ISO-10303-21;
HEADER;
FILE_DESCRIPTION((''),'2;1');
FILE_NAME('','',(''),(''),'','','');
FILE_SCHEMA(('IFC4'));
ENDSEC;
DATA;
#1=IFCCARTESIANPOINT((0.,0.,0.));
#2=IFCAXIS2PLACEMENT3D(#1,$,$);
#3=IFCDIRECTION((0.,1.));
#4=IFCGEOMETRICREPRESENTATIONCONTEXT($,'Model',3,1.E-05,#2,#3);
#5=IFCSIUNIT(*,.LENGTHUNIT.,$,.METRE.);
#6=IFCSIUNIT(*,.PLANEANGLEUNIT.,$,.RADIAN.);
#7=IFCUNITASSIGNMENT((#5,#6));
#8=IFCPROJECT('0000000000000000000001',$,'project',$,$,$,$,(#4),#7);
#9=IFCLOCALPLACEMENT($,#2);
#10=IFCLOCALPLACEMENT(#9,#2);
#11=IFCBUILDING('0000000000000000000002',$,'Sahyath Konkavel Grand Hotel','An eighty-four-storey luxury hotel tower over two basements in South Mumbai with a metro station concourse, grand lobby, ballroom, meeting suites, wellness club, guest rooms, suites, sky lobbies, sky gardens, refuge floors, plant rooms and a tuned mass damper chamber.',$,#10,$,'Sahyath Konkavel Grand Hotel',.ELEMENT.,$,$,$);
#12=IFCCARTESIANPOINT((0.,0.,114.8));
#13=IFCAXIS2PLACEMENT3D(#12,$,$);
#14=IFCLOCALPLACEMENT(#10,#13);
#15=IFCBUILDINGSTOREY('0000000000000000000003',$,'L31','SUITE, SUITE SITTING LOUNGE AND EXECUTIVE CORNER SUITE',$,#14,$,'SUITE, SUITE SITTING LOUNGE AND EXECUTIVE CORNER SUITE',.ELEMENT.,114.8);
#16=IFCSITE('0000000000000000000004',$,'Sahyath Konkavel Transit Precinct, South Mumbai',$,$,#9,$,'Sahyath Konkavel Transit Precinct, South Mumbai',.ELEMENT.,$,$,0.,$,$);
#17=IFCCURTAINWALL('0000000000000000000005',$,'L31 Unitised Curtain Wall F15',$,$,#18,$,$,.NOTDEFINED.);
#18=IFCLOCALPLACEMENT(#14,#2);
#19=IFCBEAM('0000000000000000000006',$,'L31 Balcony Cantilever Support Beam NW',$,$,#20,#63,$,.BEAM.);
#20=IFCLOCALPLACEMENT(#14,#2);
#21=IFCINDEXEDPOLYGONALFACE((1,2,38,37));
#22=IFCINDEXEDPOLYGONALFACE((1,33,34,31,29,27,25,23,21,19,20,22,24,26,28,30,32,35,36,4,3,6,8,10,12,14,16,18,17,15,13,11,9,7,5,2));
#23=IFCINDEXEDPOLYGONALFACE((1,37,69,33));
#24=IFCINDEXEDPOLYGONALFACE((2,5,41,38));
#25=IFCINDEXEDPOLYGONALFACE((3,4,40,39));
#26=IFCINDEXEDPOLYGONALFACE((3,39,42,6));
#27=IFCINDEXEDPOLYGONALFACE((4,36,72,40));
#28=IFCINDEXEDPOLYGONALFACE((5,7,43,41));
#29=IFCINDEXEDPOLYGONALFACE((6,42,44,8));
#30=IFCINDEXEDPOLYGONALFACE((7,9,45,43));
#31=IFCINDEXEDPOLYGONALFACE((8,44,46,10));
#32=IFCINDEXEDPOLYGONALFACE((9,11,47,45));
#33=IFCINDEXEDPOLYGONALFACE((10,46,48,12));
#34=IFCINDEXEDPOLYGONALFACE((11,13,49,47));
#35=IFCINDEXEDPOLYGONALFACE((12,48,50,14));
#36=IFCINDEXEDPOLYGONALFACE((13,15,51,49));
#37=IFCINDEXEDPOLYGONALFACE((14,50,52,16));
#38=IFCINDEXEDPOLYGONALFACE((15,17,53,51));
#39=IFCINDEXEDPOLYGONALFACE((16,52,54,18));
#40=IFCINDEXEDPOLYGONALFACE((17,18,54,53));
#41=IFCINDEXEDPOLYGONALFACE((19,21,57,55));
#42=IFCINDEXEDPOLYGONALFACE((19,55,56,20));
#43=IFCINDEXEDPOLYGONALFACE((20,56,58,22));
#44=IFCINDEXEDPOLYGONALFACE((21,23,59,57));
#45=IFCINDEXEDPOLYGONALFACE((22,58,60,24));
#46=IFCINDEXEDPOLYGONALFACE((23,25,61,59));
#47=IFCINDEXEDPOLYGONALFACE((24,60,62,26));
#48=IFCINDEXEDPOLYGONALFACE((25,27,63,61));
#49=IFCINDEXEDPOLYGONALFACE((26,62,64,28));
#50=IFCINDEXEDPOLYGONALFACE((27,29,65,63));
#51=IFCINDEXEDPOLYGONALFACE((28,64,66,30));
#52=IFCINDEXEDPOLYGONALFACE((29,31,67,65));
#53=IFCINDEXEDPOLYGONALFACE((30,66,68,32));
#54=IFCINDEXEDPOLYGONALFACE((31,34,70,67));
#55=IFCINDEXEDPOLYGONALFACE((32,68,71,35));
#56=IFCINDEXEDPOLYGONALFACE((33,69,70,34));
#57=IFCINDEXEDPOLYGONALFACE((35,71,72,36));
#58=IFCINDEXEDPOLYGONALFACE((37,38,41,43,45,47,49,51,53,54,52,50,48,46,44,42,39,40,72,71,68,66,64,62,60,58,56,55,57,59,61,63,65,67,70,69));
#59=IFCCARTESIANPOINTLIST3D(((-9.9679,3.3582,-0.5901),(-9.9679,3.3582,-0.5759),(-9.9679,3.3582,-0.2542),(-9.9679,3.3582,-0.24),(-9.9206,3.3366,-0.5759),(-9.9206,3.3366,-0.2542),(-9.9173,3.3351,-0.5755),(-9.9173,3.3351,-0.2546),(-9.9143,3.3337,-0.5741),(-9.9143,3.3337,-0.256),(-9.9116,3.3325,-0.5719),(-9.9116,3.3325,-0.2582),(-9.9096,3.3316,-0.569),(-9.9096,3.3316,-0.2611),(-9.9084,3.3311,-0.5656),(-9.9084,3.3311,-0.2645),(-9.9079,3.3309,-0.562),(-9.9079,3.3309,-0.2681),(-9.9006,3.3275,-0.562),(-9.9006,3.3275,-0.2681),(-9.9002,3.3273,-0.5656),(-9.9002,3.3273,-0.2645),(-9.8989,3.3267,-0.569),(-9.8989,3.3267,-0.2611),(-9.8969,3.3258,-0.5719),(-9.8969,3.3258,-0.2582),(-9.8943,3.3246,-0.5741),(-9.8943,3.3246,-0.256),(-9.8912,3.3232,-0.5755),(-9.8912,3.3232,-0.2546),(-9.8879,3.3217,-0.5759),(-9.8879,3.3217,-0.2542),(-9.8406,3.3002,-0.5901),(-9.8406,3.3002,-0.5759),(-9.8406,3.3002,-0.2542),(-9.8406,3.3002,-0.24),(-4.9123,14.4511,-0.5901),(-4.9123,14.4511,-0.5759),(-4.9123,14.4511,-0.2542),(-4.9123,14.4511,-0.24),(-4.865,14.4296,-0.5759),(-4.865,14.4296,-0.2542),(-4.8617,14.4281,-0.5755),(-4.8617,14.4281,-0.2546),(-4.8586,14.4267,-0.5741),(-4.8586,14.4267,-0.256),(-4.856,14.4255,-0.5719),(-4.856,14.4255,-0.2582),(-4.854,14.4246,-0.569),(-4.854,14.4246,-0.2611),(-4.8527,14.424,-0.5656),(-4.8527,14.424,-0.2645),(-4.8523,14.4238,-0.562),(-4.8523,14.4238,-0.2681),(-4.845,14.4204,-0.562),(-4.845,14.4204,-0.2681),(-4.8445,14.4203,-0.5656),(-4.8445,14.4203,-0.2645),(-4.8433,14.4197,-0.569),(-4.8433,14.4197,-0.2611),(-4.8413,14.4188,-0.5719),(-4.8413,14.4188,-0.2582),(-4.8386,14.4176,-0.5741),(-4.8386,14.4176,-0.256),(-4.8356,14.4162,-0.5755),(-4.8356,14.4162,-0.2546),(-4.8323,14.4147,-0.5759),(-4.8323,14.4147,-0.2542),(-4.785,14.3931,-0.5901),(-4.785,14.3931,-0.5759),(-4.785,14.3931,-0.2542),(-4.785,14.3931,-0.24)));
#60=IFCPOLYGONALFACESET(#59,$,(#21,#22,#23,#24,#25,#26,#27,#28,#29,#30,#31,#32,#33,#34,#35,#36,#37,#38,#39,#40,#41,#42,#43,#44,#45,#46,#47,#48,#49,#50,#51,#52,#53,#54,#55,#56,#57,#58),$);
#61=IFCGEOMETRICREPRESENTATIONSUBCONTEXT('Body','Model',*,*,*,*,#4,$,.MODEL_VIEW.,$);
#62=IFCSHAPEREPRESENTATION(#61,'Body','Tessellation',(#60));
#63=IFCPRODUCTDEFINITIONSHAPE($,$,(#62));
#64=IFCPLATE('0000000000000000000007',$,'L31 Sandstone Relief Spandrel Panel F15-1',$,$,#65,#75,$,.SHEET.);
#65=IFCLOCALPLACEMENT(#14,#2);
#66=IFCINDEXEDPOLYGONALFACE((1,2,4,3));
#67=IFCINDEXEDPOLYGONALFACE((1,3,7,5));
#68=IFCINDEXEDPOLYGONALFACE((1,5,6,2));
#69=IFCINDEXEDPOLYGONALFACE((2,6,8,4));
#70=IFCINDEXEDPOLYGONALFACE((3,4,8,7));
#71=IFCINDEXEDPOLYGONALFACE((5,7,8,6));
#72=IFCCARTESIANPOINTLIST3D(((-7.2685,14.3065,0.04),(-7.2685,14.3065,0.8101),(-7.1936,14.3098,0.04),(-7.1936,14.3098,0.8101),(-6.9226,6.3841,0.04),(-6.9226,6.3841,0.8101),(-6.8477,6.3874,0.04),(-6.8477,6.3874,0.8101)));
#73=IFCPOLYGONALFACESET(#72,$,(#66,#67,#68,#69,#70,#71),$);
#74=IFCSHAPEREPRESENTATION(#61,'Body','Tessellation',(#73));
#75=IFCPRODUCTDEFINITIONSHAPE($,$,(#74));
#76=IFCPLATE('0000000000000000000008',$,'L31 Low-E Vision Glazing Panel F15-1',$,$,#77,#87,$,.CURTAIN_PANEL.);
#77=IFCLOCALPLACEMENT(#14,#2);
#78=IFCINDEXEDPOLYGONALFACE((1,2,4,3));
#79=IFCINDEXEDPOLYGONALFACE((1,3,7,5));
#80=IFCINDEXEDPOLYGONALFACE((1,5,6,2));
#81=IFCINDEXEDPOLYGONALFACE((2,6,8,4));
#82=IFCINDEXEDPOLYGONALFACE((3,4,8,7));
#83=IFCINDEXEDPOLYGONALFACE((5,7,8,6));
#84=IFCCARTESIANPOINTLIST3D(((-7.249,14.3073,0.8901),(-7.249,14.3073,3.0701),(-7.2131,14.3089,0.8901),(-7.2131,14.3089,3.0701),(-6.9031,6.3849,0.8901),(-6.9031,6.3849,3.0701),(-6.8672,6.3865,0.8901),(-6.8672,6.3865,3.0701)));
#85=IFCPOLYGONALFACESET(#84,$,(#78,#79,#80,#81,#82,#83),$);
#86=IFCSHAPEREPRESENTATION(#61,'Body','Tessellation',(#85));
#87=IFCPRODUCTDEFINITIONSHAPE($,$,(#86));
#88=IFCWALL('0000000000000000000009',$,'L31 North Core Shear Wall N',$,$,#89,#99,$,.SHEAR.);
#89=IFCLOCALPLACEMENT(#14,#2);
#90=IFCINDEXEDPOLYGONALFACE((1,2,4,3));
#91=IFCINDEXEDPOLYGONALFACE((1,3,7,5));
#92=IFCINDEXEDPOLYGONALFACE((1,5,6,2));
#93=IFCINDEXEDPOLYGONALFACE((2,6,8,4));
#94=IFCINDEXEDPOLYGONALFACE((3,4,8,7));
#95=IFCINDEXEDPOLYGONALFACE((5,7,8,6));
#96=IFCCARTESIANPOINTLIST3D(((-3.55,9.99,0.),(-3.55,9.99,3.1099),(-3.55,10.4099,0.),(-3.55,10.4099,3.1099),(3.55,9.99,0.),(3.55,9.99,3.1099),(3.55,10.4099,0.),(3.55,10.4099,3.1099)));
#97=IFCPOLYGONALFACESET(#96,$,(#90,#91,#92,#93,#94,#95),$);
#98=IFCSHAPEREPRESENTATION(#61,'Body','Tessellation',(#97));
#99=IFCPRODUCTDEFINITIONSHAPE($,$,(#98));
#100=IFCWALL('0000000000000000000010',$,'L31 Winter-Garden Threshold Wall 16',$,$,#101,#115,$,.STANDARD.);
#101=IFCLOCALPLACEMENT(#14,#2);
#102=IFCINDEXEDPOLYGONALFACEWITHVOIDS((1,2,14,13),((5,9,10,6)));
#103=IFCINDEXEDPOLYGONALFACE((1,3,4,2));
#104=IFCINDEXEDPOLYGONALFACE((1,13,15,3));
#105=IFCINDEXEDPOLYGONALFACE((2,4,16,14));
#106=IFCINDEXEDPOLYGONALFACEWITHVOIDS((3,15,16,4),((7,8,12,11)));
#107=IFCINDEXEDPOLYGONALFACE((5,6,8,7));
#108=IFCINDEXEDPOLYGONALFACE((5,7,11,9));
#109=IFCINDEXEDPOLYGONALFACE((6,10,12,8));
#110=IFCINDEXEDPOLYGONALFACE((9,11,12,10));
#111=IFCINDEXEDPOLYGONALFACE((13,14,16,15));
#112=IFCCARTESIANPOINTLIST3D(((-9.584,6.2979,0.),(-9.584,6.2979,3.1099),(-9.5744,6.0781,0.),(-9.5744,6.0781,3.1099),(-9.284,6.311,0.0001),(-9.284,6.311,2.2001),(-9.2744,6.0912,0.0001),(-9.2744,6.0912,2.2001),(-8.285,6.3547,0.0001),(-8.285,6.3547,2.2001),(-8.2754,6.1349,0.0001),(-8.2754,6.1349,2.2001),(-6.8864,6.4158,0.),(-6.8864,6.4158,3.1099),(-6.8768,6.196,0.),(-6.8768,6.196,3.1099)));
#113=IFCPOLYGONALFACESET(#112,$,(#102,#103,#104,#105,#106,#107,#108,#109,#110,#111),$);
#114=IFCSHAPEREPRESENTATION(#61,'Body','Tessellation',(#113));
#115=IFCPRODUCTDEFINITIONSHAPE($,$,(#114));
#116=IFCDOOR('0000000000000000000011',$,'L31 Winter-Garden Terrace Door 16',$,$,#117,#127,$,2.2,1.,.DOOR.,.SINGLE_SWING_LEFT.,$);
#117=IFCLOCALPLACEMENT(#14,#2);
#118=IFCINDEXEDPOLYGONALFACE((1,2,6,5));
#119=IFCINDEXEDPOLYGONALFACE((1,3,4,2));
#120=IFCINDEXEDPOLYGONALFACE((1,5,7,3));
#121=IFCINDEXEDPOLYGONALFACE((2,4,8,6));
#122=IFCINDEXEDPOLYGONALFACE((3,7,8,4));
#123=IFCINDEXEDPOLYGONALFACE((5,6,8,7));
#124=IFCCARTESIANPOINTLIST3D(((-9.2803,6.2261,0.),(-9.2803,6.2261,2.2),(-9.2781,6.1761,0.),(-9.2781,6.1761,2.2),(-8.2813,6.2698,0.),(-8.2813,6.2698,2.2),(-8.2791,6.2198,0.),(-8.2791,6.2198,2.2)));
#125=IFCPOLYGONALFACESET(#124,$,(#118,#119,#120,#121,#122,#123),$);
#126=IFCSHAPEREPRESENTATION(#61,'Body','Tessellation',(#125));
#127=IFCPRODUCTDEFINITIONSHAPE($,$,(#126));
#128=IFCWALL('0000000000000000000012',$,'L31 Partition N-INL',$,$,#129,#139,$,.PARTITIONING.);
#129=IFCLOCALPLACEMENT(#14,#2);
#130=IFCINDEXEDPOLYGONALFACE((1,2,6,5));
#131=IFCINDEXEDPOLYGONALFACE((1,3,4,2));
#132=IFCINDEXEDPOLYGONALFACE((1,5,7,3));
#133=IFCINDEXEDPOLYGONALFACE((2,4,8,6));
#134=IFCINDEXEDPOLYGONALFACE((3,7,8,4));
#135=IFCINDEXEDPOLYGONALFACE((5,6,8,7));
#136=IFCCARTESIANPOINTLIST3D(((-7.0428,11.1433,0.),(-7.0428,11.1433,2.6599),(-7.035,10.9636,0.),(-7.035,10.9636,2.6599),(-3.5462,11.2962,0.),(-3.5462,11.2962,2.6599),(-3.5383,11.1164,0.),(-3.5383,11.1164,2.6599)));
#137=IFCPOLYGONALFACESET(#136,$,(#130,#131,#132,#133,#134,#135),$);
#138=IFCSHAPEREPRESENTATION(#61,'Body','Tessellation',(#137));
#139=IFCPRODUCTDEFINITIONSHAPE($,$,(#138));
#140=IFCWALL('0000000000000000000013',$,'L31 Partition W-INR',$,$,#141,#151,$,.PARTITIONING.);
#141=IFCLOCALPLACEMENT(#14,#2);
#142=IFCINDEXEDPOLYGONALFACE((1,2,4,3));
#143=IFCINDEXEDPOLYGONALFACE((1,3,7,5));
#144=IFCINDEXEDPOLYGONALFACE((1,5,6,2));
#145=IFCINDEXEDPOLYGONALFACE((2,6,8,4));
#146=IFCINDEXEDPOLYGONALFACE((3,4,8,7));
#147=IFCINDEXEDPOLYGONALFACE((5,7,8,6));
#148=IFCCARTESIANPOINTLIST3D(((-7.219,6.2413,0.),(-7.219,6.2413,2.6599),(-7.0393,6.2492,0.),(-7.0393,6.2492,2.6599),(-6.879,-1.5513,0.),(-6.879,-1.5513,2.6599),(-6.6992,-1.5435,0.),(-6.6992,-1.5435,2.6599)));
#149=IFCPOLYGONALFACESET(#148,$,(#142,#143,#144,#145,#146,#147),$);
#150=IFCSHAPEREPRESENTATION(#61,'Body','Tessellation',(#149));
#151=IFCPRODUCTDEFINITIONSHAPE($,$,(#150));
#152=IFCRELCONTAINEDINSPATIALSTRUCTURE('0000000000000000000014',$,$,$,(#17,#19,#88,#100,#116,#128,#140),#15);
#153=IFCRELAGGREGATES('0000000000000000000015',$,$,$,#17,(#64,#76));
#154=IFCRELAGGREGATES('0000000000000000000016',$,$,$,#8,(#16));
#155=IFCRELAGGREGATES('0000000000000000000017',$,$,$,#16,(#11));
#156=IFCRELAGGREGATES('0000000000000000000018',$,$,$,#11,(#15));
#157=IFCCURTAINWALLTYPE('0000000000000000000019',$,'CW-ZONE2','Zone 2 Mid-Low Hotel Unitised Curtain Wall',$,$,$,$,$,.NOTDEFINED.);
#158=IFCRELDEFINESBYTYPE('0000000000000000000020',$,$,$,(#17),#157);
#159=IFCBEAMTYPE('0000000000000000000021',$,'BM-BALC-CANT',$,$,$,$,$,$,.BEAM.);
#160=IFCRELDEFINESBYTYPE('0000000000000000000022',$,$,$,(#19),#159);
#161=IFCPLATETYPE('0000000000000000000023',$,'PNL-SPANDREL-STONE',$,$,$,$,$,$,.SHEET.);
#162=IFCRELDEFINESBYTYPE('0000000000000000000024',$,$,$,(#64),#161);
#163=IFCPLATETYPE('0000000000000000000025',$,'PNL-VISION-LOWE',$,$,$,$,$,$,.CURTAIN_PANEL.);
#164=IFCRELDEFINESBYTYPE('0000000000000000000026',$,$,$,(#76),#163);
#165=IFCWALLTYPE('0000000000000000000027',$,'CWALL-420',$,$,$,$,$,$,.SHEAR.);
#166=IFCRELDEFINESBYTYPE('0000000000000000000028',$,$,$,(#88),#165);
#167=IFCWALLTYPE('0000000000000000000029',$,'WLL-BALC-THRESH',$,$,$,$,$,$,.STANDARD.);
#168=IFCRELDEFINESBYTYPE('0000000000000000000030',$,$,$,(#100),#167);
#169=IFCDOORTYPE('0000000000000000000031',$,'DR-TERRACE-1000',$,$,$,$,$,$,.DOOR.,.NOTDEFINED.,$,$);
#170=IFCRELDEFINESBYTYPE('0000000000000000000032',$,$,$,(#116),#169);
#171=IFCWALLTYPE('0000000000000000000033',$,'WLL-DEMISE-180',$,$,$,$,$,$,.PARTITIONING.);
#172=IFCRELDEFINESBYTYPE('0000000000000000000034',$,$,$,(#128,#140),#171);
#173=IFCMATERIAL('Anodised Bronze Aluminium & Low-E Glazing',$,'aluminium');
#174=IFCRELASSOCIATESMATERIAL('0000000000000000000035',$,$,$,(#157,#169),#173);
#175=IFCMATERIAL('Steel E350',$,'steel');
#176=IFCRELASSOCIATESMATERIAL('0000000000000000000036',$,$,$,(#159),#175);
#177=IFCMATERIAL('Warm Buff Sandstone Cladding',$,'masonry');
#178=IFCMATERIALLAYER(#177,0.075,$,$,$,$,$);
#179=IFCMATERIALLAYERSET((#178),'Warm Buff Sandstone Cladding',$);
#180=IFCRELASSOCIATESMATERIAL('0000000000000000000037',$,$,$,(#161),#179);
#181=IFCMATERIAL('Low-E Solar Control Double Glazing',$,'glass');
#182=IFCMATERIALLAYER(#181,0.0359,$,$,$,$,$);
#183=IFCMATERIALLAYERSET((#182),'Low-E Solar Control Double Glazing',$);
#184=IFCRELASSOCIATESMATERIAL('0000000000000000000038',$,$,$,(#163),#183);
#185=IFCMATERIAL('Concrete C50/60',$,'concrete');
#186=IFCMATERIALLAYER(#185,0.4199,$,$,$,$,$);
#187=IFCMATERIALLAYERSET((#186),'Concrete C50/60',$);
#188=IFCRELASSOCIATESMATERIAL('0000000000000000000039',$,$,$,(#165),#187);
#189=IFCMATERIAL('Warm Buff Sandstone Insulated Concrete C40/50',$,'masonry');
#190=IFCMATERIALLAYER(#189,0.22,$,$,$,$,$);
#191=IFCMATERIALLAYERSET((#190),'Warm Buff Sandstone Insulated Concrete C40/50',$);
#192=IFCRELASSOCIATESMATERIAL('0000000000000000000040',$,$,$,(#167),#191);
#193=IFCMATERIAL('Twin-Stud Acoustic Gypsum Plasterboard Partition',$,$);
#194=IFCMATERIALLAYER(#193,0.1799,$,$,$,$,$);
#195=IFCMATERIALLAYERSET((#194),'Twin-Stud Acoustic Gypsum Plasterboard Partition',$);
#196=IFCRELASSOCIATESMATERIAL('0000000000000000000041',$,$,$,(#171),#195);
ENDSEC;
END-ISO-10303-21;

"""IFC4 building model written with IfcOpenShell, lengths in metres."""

from ifc_helpers import new_model, si_unit, direction, frame, frame_2d, origin, origin_2d, place, context, subcontext, project, spatial, rectangle, i_section, extrude, source, transform, mapped, material, layer, layer_set, material_profile, profile_set, type_object, element, fill, aggregate, save


model = new_model("IFC4")

# Units and contexts
model_context = context("Model", 3, precision=1e-05, world=origin(), true_north=direction((0.0, 1.0)))
body_context = subcontext(model_context, "Body", "Model", "MODEL_VIEW")
ifc_project = project(units=[si_unit("LENGTHUNIT", "METRE"), si_unit("PLANEANGLEUNIT", "RADIAN")], contexts=[model_context])

# Site, building, storey
site_placement = place(None, origin())
site = spatial("IfcSite", under=ifc_project, at=site_placement, Name="Sahyath Konkavel Transit Precinct, South Mumbai", LongName="Sahyath Konkavel Transit Precinct, South Mumbai", CompositionType="ELEMENT", RefElevation=0.0)
building_placement = place(site_placement, origin())
building = spatial("IfcBuilding", under=site, at=building_placement, Name="Sahyath Konkavel Grand Hotel", Description="An eighty-four-storey luxury hotel tower over two basements in South Mumbai with a metro station concourse, grand lobby, ballroom, meeting suites, wellness club, guest rooms, suites, sky lobbies, sky gardens, refuge floors, plant rooms and a tuned mass damper chamber.", LongName="Sahyath Konkavel Grand Hotel", CompositionType="ELEMENT")
storey_placement = place(building_placement, frame((0.0, 0.0, 114.8)))
storey = spatial("IfcBuildingStorey", under=building, at=storey_placement, Name="L31", Description="SUITE, SUITE SITTING LOUNGE AND EXECUTIVE CORNER SUITE", LongName="SUITE, SUITE SITTING LOUNGE AND EXECUTIVE CORNER SUITE", CompositionType="ELEMENT", Elevation=114.8)

# Shared definitions
ifc_material_1 = material(Name="Steel E350", Category="steel")

# Curtain wall
ifc_material_2 = material(Name="Anodised Bronze Aluminium & Low-E Glazing", Category="aluminium")
curtain_wall_type = type_object("IfcCurtainWallType", Name="CW-ZONE2", Description="Zone 2 Mid-Low Hotel Unitised Curtain Wall", PredefinedType="NOTDEFINED", material=ifc_material_2)
curtain_wall_1_placement = place(storey_placement, origin())
curtain_wall_1 = element("IfcCurtainWall", 1, at=curtain_wall_1_placement, inside=storey, type_object=curtain_wall_type, Name="L31 Unitised Curtain Wall F15", PredefinedType="NOTDEFINED")

# Beam
ifc_material_profile_1 = material_profile(ifc_material_1, i_section(OverallWidth=0.1399, OverallDepth=0.3501, WebThickness=0.0081, FlangeThickness=0.0142, FilletRadius=0.0139, at=origin_2d()), Name="ISMB 350")
ifc_profile_set_1 = profile_set([ifc_material_profile_1], Name="Steel E350")
beam_type_1 = type_object("IfcBeamType", Name="BM-BALC-CANT", PredefinedType="BEAM", material=ifc_profile_set_1)
shared_shape_1 = source(origin(), body_context, "Body", "SweptSolid", [
    extrude(i_section(OverallWidth=0.1399, OverallDepth=0.3501, WebThickness=0.0081, FlangeThickness=0.0142, FilletRadius=0.0139, at=origin_2d()), origin(), (0.0, 0.0, 1.0), 12.1907),
])
beam_1_placement = place(storey_placement, frame((-4.8486, 14.4221, -0.415), z_axis=(-0.414713, -0.909952, 0.0), x_axis=(0.909952, -0.414713, 0.0)))
element("IfcBeam", 2, at=beam_1_placement, inside=storey, type_object=beam_type_1, Name="L31 Balcony Cantilever Support Beam NW", PredefinedType="BEAM", context=body_context, shape_type="MappedRepresentation", body=[
    mapped(shared_shape_1, transform((0.0, 0.0, 0.0), scale=1.0)),
])

# Plates
ifc_material_3 = material(Name="Warm Buff Sandstone Cladding", Category="masonry")
ifc_layer_1 = layer(ifc_material_3, 0.075)
ifc_layer_set_1 = layer_set([ifc_layer_1], Name="Warm Buff Sandstone Cladding")
plate_type_1 = type_object("IfcPlateType", Name="PNL-SPANDREL-STONE", PredefinedType="SHEET", material=ifc_layer_set_1)
shared_shape_2 = source(origin(), body_context, "Body", "SweptSolid", [
    extrude(rectangle(XDim=7.9299, YDim=0.075, at=origin_2d()), origin(), (0.0, 0.0, 1.0), 0.77),
])
plate_1_placement = place(storey_placement, frame((-7.0581, 10.3469, 0.04), z_axis=(0.0, 0.0, 1.0), x_axis=(0.043619, -0.999048, 0.0)))
plate_1 = element("IfcPlate", 3, at=plate_1_placement, type_object=plate_type_1, Name="L31 Sandstone Relief Spandrel Panel F15-1", PredefinedType="SHEET", context=body_context, shape_type="MappedRepresentation", body=[
    mapped(shared_shape_2, transform((0.0, 0.0, 0.0), scale=1.0)),
])
ifc_material_4 = material(Name="Low-E Solar Control Double Glazing", Category="glass")
ifc_layer_2 = layer(ifc_material_4, 0.0359)
ifc_layer_set_2 = layer_set([ifc_layer_2], Name="Low-E Solar Control Double Glazing")
plate_type_2 = type_object("IfcPlateType", Name="PNL-VISION-LOWE", PredefinedType="CURTAIN_PANEL", material=ifc_layer_set_2)
shared_shape_3 = source(origin(), body_context, "Body", "SweptSolid", [
    extrude(rectangle(XDim=7.9299, YDim=0.0359, at=origin_2d()), origin(), (0.0, 0.0, 1.0), 2.1799),
])
plate_2_placement = place(storey_placement, frame((-7.0581, 10.3469, 0.8901), z_axis=(0.0, 0.0, 1.0), x_axis=(0.043619, -0.999048, 0.0)))
plate_2 = element("IfcPlate", 4, at=plate_2_placement, type_object=plate_type_2, Name="L31 Low-E Vision Glazing Panel F15-1", PredefinedType="CURTAIN_PANEL", context=body_context, shape_type="MappedRepresentation", body=[
    mapped(shared_shape_3, transform((0.0, 0.0, 0.0), scale=1.0)),
])
aggregate(curtain_wall_1, [plate_1, plate_2])

# Wall
ifc_material_5 = material(Name="Concrete C50/60", Category="concrete")
ifc_layer_3 = layer(ifc_material_5, 0.4199)
ifc_layer_set_3 = layer_set([ifc_layer_3], Name="Concrete C50/60")
wall_type_1 = type_object("IfcWallType", Name="CWALL-420", PredefinedType="SHEAR", material=ifc_layer_set_3)
wall_1_placement = place(storey_placement, frame((-3.55, 10.2, 0.0), z_axis=(0.0, 0.0, 1.0), x_axis=(1.0, 0.0, 0.0)))
element("IfcWall", 5, at=wall_1_placement, inside=storey, type_object=wall_type_1, Name="L31 North Core Shear Wall N", PredefinedType="SHEAR", context=body_context, shape_type="SweptSolid", body=[
    extrude(rectangle(XDim=7.1001, YDim=0.4199, at=frame_2d((3.55, 0.0))), origin(), (0.0, 0.0, 1.0), 3.1099),
])

# Wall, opening, door
ifc_material_6 = material(Name="Warm Buff Sandstone Insulated Concrete C40/50", Category="masonry")
ifc_layer_4 = layer(ifc_material_6, 0.22)
ifc_layer_set_4 = layer_set([ifc_layer_4], Name="Warm Buff Sandstone Insulated Concrete C40/50")
wall_type_2 = type_object("IfcWallType", Name="WLL-BALC-THRESH", PredefinedType="STANDARD", material=ifc_layer_set_4)
wall_2_placement = place(storey_placement, frame((-6.8816, 6.3059, 0.0), z_axis=(0.0, 0.0, 1.0), x_axis=(-0.999046, -0.043673, 0.0)))
wall_2 = element("IfcWall", 6, at=wall_2_placement, inside=storey, type_object=wall_type_2, Name="L31 Winter-Garden Threshold Wall 16", PredefinedType="STANDARD", context=body_context, shape_type="SweptSolid", body=[
    extrude(rectangle(XDim=2.7002, YDim=0.22, at=frame_2d((1.3501, 0.0))), origin(), (0.0, 0.0, 1.0), 3.1099),
])
opening_1_placement = place(wall_2_placement, frame((1.3999, 0.0, 0.0)))
opening_1 = element("IfcOpeningElement", 7, at=opening_1_placement, cuts=wall_2, PredefinedType="OPENING", context=body_context, shape_type="SweptSolid", body=[
    extrude(rectangle(XDim=1.0, YDim=2.2, at=frame_2d((0.5, 1.1001))), frame((0.0, 0.1201, 0.0), z_axis=(0.0, -1.0, 0.0), x_axis=(1.0, 0.0, 0.0)), (0.0, 0.0, 1.0), 0.24),
])
door_type_1 = type_object("IfcDoorType", Name="DR-TERRACE-1000", OperationType="NOTDEFINED", PredefinedType="DOOR", material=ifc_material_2)
shared_shape_4 = source(origin(), body_context, "Body", "SweptSolid", [
    extrude(rectangle(XDim=1.0, YDim=0.05, at=origin_2d()), origin(), (0.0, 0.0, 1.0), 2.2),
])
door_1_placement = place(opening_1_placement, frame((0.5, 0.0, 0.0)))
door_1 = element("IfcDoor", 8, at=door_1_placement, inside=storey, type_object=door_type_1, Name="L31 Winter-Garden Terrace Door 16", OperationType="SINGLE_SWING_LEFT", OverallHeight=2.2, OverallWidth=1.0, PredefinedType="DOOR", context=body_context, shape_type="MappedRepresentation", body=[
    mapped(shared_shape_4, transform((0.0, 0.0, 0.0), scale=1.0)),
])
fill(opening_1, door_1)

# Walls
ifc_material_7 = material(Name="Twin-Stud Acoustic Gypsum Plasterboard Partition")
ifc_layer_5 = layer(ifc_material_7, 0.1799)
ifc_layer_set_5 = layer_set([ifc_layer_5], Name="Twin-Stud Acoustic Gypsum Plasterboard Partition")
wall_type_3 = type_object("IfcWallType", Name="WLL-DEMISE-180", PredefinedType="PARTITIONING", material=ifc_layer_set_5)
wall_3_placement = place(storey_placement, frame((-3.5422, 11.2063, 0.0), z_axis=(0.0, 0.0, 1.0), x_axis=(-0.999046, -0.043667, 0.0)))
element("IfcWall", 9, at=wall_3_placement, inside=storey, type_object=wall_type_3, Name="L31 Partition N-INL", PredefinedType="PARTITIONING", context=body_context, shape_type="SweptSolid", body=[
    extrude(rectangle(XDim=3.5, YDim=0.1799, at=frame_2d((1.75, 0.0))), origin(), (0.0, 0.0, 1.0), 2.6599),
])
wall_4_placement = place(storey_placement, frame((-7.1292, 6.2451, 0.0), z_axis=(0.0, 0.0, 1.0), x_axis=(0.0436, -0.999049, 0.0)))
element("IfcWall", 10, at=wall_4_placement, inside=storey, type_object=wall_type_3, Name="L31 Partition W-INR", PredefinedType="PARTITIONING", context=body_context, shape_type="SweptSolid", body=[
    extrude(rectangle(XDim=7.8, YDim=0.1799, at=frame_2d((3.8999, 0.0))), origin(), (0.0, 0.0, 1.0), 2.6599),
])

save(model, "model.ifc")
